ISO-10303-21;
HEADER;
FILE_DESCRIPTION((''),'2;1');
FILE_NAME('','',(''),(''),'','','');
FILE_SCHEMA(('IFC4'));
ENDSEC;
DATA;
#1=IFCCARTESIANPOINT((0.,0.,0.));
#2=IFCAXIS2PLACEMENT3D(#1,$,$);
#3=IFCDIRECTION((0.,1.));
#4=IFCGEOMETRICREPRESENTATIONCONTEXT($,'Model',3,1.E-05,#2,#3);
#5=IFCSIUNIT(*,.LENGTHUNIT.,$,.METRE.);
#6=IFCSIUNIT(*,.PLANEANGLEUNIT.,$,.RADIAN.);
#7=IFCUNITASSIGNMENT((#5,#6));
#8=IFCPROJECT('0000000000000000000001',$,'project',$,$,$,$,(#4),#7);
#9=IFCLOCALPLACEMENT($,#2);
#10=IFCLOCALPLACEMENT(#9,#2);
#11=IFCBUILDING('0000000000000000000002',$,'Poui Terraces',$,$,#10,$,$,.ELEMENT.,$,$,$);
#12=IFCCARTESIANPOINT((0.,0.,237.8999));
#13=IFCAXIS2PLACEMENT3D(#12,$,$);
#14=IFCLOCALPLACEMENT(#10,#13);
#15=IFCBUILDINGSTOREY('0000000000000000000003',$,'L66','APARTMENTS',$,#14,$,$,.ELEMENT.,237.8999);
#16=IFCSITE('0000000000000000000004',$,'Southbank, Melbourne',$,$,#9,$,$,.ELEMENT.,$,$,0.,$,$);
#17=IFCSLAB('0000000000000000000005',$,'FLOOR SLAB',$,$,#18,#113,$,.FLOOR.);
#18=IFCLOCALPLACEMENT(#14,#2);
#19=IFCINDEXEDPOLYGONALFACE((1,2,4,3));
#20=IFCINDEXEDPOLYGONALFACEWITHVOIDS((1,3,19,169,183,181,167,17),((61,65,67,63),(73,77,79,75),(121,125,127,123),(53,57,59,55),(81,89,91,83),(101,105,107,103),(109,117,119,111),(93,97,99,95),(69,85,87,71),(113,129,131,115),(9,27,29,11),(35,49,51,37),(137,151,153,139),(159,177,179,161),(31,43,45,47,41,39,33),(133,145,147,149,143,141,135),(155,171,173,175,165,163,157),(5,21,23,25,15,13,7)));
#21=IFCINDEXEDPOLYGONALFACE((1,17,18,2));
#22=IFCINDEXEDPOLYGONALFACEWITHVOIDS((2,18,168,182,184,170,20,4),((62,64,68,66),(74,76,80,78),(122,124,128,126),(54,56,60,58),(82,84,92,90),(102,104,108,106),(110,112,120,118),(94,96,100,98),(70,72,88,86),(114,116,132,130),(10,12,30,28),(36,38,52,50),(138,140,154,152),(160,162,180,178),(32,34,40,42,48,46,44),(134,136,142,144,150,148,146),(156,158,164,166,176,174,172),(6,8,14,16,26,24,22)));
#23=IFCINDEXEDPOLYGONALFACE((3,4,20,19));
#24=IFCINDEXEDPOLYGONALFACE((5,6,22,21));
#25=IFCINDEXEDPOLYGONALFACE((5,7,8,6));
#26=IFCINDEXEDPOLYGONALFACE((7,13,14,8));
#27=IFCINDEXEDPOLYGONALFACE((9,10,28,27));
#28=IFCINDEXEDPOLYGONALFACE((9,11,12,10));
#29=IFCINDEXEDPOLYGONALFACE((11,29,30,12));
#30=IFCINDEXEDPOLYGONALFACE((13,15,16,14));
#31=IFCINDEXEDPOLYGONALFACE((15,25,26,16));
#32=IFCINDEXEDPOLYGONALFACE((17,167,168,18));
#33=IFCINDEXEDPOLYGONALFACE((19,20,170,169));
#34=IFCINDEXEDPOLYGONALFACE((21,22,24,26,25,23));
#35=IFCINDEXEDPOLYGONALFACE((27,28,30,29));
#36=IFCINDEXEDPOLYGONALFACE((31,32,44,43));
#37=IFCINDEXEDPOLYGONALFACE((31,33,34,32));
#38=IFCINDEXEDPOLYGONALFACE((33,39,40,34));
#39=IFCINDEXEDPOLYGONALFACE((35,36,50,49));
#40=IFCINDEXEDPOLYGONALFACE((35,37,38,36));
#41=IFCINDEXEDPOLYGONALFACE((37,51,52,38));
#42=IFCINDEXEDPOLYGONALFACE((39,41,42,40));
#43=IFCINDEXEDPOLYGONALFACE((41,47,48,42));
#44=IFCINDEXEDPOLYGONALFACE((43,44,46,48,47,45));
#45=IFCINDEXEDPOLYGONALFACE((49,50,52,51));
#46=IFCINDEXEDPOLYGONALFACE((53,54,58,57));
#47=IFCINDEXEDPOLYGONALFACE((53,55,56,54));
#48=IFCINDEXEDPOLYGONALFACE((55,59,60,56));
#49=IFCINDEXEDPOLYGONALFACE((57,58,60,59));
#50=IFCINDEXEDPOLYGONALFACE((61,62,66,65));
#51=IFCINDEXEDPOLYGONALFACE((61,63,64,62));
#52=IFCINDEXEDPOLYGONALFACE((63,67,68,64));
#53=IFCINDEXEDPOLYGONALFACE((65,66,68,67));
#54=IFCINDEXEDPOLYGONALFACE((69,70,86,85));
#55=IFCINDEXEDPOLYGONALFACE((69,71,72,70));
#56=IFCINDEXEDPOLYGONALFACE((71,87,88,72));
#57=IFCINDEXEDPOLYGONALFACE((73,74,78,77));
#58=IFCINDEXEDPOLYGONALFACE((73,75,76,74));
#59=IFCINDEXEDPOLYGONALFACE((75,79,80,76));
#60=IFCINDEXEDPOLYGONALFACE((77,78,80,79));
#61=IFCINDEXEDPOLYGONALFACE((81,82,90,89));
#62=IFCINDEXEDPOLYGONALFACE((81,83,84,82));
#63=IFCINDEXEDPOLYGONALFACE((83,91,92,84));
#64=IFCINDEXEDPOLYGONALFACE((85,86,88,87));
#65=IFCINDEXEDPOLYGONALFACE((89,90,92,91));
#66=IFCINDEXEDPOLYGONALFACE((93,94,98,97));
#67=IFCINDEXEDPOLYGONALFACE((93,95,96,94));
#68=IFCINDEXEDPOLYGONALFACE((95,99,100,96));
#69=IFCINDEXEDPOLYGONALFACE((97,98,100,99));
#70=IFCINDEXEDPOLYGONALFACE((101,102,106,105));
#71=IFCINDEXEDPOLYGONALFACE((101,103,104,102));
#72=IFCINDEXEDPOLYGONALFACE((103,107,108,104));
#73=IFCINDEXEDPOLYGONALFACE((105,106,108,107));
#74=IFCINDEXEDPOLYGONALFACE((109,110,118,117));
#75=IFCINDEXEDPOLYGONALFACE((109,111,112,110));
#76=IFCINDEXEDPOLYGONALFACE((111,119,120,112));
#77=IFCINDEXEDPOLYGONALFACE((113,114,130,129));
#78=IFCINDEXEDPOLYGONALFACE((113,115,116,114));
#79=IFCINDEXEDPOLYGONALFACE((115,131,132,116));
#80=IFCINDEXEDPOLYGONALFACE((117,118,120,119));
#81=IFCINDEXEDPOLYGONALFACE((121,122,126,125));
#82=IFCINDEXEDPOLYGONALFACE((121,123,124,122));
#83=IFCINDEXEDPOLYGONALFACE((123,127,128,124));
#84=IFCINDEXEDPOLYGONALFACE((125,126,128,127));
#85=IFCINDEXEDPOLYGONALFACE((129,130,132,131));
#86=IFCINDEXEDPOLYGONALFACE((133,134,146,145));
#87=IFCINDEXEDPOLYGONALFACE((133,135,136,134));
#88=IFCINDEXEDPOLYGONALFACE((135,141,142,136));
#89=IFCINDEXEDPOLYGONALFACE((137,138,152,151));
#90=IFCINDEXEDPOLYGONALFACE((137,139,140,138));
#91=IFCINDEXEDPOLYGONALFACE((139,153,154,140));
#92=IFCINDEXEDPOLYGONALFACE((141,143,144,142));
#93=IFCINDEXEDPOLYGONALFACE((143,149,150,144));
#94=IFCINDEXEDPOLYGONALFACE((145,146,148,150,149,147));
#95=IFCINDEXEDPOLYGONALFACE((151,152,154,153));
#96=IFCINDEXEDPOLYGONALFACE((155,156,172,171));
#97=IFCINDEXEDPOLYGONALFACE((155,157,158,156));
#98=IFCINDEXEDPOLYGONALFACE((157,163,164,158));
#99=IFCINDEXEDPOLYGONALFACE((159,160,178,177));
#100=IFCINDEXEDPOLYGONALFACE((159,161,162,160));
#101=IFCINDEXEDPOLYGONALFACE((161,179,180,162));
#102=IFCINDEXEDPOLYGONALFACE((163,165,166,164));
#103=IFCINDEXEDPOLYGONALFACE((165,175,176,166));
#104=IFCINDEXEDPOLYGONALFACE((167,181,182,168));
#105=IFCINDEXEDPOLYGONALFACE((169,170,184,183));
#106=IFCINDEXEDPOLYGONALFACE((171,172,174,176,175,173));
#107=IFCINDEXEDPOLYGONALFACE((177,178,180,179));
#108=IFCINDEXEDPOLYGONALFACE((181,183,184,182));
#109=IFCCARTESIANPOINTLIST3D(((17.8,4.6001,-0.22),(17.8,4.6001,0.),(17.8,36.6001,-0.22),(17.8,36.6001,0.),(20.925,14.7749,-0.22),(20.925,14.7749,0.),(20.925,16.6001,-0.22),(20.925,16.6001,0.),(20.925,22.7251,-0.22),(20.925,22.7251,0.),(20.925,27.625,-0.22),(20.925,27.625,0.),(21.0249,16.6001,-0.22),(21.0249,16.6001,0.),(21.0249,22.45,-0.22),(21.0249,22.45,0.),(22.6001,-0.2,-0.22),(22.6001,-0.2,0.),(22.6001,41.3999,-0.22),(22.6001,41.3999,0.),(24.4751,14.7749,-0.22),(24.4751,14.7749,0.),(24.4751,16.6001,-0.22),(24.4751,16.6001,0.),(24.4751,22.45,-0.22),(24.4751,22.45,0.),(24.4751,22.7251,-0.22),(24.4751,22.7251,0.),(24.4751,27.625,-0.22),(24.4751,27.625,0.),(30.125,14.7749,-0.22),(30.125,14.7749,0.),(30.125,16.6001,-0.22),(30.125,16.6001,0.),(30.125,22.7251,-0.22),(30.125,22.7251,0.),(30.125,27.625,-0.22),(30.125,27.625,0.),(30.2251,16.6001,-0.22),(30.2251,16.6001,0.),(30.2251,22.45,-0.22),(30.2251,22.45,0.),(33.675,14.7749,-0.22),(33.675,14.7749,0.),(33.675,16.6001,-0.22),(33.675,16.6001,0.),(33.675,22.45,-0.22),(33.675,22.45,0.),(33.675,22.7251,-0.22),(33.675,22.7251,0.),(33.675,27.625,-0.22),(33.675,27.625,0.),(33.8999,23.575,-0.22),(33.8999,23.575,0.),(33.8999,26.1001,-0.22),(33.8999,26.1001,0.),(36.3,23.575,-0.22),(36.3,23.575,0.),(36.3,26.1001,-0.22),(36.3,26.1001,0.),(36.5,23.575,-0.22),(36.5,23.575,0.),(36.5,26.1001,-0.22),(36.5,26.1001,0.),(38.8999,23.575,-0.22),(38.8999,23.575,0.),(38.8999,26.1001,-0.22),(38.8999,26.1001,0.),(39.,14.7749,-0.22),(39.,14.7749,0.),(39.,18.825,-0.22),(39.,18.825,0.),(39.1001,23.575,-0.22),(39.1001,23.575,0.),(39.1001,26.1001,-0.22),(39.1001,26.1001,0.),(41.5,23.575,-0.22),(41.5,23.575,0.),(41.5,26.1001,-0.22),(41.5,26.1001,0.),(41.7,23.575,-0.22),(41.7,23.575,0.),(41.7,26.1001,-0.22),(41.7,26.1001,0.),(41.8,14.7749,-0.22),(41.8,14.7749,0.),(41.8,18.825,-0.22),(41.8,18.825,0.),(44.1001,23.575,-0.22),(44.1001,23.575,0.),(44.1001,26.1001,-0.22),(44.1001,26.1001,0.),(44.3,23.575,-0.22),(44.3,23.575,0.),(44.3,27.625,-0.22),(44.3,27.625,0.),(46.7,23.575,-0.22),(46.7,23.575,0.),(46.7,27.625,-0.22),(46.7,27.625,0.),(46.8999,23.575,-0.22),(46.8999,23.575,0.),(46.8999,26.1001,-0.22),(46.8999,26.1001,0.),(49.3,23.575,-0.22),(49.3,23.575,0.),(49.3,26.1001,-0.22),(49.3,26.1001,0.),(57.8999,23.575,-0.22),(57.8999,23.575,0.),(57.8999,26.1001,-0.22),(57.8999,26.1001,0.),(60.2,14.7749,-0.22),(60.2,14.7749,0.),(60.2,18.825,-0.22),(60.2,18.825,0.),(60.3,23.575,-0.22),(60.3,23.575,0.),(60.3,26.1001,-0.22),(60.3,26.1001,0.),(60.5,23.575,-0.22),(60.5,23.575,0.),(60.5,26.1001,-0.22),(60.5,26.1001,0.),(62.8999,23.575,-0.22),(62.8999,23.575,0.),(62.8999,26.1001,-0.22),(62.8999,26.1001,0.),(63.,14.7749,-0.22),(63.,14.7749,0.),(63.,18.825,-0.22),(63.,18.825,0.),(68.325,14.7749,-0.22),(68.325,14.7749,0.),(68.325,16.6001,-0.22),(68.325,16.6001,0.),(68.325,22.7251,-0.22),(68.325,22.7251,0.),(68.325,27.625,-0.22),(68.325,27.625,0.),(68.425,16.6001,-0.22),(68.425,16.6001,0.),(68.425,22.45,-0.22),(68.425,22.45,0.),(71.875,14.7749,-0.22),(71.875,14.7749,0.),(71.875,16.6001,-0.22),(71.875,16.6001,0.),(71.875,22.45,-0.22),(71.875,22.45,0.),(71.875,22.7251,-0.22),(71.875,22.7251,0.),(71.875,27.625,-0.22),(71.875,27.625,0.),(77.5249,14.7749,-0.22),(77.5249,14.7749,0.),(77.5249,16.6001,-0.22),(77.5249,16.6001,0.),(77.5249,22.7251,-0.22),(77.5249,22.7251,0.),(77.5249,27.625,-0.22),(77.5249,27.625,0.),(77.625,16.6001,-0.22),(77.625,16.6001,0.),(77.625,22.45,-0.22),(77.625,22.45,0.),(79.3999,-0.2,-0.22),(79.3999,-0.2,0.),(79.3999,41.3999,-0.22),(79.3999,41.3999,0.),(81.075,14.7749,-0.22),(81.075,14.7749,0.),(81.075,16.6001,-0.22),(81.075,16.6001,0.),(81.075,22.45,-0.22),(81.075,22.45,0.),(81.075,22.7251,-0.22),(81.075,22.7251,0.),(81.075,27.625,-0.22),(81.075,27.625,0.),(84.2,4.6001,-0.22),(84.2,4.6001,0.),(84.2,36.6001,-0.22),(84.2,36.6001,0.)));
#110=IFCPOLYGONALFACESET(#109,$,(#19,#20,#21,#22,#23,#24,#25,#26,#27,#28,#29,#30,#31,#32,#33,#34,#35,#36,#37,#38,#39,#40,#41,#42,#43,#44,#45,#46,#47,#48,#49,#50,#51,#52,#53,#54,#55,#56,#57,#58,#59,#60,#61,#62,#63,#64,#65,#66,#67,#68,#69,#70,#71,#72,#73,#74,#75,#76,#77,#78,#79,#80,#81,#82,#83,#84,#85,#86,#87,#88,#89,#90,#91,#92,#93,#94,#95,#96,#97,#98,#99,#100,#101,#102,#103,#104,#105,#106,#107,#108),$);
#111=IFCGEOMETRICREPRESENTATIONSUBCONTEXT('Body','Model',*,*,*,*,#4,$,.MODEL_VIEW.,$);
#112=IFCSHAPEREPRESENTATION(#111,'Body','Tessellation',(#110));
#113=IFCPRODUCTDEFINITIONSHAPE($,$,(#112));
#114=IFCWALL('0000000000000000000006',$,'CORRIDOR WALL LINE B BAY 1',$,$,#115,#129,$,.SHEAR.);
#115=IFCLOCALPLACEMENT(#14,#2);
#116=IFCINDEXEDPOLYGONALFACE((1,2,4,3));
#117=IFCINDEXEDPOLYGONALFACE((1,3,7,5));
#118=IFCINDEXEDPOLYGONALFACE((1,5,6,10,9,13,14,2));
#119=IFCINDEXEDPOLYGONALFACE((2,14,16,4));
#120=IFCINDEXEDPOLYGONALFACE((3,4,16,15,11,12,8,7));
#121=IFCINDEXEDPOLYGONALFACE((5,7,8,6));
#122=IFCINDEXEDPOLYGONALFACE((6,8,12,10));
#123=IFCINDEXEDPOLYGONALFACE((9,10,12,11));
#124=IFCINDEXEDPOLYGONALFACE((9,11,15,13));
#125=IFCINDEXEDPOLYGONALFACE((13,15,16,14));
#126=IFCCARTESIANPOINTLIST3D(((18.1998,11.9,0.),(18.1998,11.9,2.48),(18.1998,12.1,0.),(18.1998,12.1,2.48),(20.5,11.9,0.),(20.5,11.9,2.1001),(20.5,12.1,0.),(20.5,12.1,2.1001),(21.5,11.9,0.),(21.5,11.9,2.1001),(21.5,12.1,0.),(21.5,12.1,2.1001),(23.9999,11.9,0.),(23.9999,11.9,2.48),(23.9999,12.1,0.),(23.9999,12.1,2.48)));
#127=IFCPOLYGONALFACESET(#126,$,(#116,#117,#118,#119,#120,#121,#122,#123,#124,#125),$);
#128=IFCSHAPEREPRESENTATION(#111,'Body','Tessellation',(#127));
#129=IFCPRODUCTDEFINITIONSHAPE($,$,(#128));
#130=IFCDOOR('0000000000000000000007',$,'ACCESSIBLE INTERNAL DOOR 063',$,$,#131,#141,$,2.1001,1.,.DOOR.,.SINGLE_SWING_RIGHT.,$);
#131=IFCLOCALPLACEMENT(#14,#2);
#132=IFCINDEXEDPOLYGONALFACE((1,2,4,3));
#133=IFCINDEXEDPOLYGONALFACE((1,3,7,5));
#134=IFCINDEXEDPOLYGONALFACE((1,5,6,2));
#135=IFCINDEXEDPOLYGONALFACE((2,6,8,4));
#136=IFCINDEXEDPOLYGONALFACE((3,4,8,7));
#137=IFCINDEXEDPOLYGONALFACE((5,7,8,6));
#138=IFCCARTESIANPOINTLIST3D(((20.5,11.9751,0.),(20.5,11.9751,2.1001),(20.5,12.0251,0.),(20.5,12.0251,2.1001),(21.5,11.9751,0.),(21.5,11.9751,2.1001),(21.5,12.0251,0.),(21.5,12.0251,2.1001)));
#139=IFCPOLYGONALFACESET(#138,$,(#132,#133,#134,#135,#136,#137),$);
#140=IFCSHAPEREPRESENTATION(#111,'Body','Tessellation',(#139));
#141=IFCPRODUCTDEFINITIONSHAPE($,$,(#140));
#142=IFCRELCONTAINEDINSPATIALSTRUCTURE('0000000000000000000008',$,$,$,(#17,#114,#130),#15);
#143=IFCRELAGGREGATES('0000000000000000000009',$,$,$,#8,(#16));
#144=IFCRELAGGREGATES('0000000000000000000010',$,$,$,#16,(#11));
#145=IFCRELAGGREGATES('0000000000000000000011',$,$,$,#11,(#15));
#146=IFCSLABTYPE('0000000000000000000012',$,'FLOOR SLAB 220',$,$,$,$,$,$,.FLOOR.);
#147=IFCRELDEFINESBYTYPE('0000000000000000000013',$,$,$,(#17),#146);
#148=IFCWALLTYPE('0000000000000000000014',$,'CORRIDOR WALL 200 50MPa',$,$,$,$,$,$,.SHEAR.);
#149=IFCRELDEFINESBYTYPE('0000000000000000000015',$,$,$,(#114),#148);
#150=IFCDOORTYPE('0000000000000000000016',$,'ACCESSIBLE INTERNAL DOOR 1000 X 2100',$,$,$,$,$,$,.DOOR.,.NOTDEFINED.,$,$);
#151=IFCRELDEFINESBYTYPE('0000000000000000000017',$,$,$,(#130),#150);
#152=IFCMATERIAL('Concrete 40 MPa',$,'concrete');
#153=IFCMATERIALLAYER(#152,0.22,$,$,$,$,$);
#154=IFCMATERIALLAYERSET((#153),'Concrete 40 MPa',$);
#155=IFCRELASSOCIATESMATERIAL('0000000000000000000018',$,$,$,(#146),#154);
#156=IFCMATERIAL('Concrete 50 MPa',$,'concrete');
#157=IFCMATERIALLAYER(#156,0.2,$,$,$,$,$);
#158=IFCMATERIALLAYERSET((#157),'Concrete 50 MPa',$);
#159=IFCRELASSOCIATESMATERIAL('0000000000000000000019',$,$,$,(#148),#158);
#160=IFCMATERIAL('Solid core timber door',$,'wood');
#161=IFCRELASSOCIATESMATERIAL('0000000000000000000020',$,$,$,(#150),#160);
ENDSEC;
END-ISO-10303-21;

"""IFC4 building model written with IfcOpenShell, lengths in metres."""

from ifc_helpers import new_model, si_unit, direction, frame, frame_2d, origin, place, context, subcontext, project, spatial, polyline, rectangle, outline, extrude, source, transform, mapped, material, layer, layer_set, type_object, element, fill, save


model = new_model("IFC4")

# Units and contexts
model_context = context("Model", 3, precision=1e-05, world=origin(), true_north=direction((0.0, 1.0)))
body_context = subcontext(model_context, "Body", "Model", "MODEL_VIEW")
ifc_project = project(units=[si_unit("LENGTHUNIT", "METRE"), si_unit("PLANEANGLEUNIT", "RADIAN")], contexts=[model_context])

# Site, building, storey
site_placement = place(None, origin())
site = spatial("IfcSite", under=ifc_project, at=site_placement, Name="Southbank, Melbourne", CompositionType="ELEMENT", RefElevation=0.0)
building_placement = place(site_placement, origin())
building = spatial("IfcBuilding", under=site, at=building_placement, Name="Poui Terraces", CompositionType="ELEMENT")
storey_placement = place(building_placement, frame((0.0, 0.0, 237.8999)))
storey = spatial("IfcBuildingStorey", under=building, at=storey_placement, Name="L66", Description="APARTMENTS", CompositionType="ELEMENT", Elevation=237.8999)

# Shared definitions
ifc_material_1 = material(Name="Concrete 50 MPa", Category="concrete")

# Slab
ifc_material_2 = material(Name="Concrete 40 MPa", Category="concrete")
ifc_layer_1 = layer(ifc_material_2, 0.22)
ifc_layer_set_1 = layer_set([ifc_layer_1], Name="Concrete 40 MPa")
slab_type_1 = type_object("IfcSlabType", Name="FLOOR SLAB 220", PredefinedType="FLOOR", material=ifc_layer_set_1)
shared_shape = source(origin(), body_context, "Body", "SweptSolid", [
    extrude(outline(polyline([(0.0, 0.0), (4.8, -4.8), (61.5999, -4.8), (66.3999, 0.0), (66.3999, 32.0), (61.5999, 36.7998), (4.8, 36.7998), (0.0, 32.0), (0.0, 0.0)]), holes=[polyline([(21.2, 10.1748), (21.2, 14.2249), (24.0, 14.2249), (24.0, 10.1748), (21.2, 10.1748)]), polyline([(3.2249, 17.8499), (6.675, 17.8499), (6.675, 12.0), (6.675, 10.1748), (3.125, 10.1748), (3.125, 12.0), (3.2249, 12.0), (3.2249, 17.8499)]), polyline([(12.425, 17.8499), (15.875, 17.8499), (15.875, 12.0), (15.875, 10.1748), (12.325, 10.1748), (12.325, 12.0), (12.425, 12.0), (12.425, 17.8499)]), polyline([(16.0999, 18.9749), (16.0999, 21.5), (18.5, 21.5), (18.5, 18.9749), (16.0999, 18.9749)]), polyline([(18.7, 18.9749), (18.7, 21.5), (21.0999, 21.5), (21.0999, 18.9749), (18.7, 18.9749)]), polyline([(21.3, 18.9749), (21.3, 21.5), (23.7, 21.5), (23.7, 18.9749), (21.3, 18.9749)]), polyline([(23.8999, 18.9749), (23.8999, 21.5), (26.3, 21.5), (26.3, 18.9749), (23.8999, 18.9749)]), polyline([(3.125, 23.0249), (6.675, 23.0249), (6.675, 18.125), (3.125, 18.125), (3.125, 23.0249)]), polyline([(12.325, 23.0249), (15.875, 23.0249), (15.875, 18.125), (12.325, 18.125), (12.325, 23.0249)]), polyline([(42.3999, 10.1748), (42.3999, 14.2249), (45.2, 14.2249), (45.2, 10.1748), (42.3999, 10.1748)]), polyline([(50.625, 17.8499), (54.075, 17.8499), (54.075, 12.0), (54.075, 10.1748), (50.5249, 10.1748), (50.5249, 12.0), (50.625, 12.0), (50.625, 17.8499)]), polyline([(59.825, 17.8499), (63.2749, 17.8499), (63.2749, 12.0), (63.2749, 10.1748), (59.7249, 10.1748), (59.7249, 12.0), (59.825, 12.0), (59.825, 17.8499)]), polyline([(29.0999, 18.9749), (29.0999, 21.5), (31.5, 21.5), (31.5, 18.9749), (29.0999, 18.9749)]), polyline([(40.0999, 18.9749), (40.0999, 21.5), (42.5, 21.5), (42.5, 18.9749), (40.0999, 18.9749)]), polyline([(42.7, 18.9749), (42.7, 21.5), (45.0999, 21.5), (45.0999, 18.9749), (42.7, 18.9749)]), polyline([(50.5249, 18.125), (50.5249, 23.0249), (54.075, 23.0249), (54.075, 18.125), (50.5249, 18.125)]), polyline([(59.7249, 23.0249), (63.2749, 23.0249), (63.2749, 18.125), (59.7249, 18.125), (59.7249, 23.0249)]), polyline([(26.5, 23.0249), (28.8999, 23.0249), (28.8999, 18.9749), (26.5, 18.9749), (26.5, 23.0249)])]), origin(), (0.0, 0.0, 1.0), 0.22),
])
slab_1_placement = place(storey_placement, frame((17.8, 4.6001, -0.22)))
element("IfcSlab", 1, at=slab_1_placement, inside=storey, type_object=slab_type_1, Name="FLOOR SLAB", PredefinedType="FLOOR", context=body_context, shape_type="MappedRepresentation", body=[
    mapped(shared_shape, transform((0.0, 0.0, 0.0))),
])

# Wall, opening, door
ifc_layer_2 = layer(ifc_material_1, 0.2)
ifc_layer_set_2 = layer_set([ifc_layer_2], Name="Concrete 50 MPa")
wall_type_1 = type_object("IfcWallType", Name="CORRIDOR WALL 200 50MPa", PredefinedType="SHEAR", material=ifc_layer_set_2)
wall_1_placement = place(storey_placement, frame((18.2, 12.0, 0.0), z_axis=(0.0, 0.0, 1.0), x_axis=(1.0, 0.0, 0.0)))
wall_1 = element("IfcWall", 2, at=wall_1_placement, inside=storey, type_object=wall_type_1, Name="CORRIDOR WALL LINE B BAY 1", PredefinedType="SHEAR", context=body_context, shape_type="SweptSolid", body=[
    extrude(rectangle(XDim=5.8, YDim=0.2, at=frame_2d((2.8999, 0.0))), origin(), (0.0, 0.0, 1.0), 2.48),
])
opening_1_placement = place(wall_1_placement, frame((2.3, 0.0, 0.0)))
opening_1 = element("IfcOpeningElement", 3, at=opening_1_placement, cuts=wall_1, PredefinedType="OPENING", context=body_context, shape_type="SweptSolid", body=[
    extrude(rectangle(XDim=1.0, YDim=2.1001, at=frame_2d((0.5, 1.05))), frame((0.0, 0.1099, 0.0), z_axis=(0.0, -1.0, 0.0), x_axis=(1.0, 0.0, 0.0)), (0.0, 0.0, 1.0), 0.22),
])
ifc_material_3 = material(Name="Solid core timber door", Category="wood")
door_type = type_object("IfcDoorType", Name="ACCESSIBLE INTERNAL DOOR 1000 X 2100", OperationType="NOTDEFINED", PredefinedType="DOOR", material=ifc_material_3)
door_placement = place(opening_1_placement, frame((1.0, 0.0, 0.0), z_axis=(0.0, 0.0, 1.0), x_axis=(-1.0, 0.0, 0.0)))
door = element("IfcDoor", 4, at=door_placement, inside=storey, type_object=door_type, Name="ACCESSIBLE INTERNAL DOOR 063", OperationType="SINGLE_SWING_RIGHT", OverallHeight=2.1001, OverallWidth=1.0, PredefinedType="DOOR", context=body_context, shape_type="SweptSolid", body=[
    extrude(rectangle(XDim=1.0, YDim=2.1001, at=frame_2d((0.5, 1.05))), frame((0.0, 0.0249, 0.0), z_axis=(0.0, -1.0, 0.0), x_axis=(1.0, 0.0, 0.0)), (0.0, 0.0, 1.0), 0.05),
])
fill(opening_1, door)

save(model, "model.ifc")
